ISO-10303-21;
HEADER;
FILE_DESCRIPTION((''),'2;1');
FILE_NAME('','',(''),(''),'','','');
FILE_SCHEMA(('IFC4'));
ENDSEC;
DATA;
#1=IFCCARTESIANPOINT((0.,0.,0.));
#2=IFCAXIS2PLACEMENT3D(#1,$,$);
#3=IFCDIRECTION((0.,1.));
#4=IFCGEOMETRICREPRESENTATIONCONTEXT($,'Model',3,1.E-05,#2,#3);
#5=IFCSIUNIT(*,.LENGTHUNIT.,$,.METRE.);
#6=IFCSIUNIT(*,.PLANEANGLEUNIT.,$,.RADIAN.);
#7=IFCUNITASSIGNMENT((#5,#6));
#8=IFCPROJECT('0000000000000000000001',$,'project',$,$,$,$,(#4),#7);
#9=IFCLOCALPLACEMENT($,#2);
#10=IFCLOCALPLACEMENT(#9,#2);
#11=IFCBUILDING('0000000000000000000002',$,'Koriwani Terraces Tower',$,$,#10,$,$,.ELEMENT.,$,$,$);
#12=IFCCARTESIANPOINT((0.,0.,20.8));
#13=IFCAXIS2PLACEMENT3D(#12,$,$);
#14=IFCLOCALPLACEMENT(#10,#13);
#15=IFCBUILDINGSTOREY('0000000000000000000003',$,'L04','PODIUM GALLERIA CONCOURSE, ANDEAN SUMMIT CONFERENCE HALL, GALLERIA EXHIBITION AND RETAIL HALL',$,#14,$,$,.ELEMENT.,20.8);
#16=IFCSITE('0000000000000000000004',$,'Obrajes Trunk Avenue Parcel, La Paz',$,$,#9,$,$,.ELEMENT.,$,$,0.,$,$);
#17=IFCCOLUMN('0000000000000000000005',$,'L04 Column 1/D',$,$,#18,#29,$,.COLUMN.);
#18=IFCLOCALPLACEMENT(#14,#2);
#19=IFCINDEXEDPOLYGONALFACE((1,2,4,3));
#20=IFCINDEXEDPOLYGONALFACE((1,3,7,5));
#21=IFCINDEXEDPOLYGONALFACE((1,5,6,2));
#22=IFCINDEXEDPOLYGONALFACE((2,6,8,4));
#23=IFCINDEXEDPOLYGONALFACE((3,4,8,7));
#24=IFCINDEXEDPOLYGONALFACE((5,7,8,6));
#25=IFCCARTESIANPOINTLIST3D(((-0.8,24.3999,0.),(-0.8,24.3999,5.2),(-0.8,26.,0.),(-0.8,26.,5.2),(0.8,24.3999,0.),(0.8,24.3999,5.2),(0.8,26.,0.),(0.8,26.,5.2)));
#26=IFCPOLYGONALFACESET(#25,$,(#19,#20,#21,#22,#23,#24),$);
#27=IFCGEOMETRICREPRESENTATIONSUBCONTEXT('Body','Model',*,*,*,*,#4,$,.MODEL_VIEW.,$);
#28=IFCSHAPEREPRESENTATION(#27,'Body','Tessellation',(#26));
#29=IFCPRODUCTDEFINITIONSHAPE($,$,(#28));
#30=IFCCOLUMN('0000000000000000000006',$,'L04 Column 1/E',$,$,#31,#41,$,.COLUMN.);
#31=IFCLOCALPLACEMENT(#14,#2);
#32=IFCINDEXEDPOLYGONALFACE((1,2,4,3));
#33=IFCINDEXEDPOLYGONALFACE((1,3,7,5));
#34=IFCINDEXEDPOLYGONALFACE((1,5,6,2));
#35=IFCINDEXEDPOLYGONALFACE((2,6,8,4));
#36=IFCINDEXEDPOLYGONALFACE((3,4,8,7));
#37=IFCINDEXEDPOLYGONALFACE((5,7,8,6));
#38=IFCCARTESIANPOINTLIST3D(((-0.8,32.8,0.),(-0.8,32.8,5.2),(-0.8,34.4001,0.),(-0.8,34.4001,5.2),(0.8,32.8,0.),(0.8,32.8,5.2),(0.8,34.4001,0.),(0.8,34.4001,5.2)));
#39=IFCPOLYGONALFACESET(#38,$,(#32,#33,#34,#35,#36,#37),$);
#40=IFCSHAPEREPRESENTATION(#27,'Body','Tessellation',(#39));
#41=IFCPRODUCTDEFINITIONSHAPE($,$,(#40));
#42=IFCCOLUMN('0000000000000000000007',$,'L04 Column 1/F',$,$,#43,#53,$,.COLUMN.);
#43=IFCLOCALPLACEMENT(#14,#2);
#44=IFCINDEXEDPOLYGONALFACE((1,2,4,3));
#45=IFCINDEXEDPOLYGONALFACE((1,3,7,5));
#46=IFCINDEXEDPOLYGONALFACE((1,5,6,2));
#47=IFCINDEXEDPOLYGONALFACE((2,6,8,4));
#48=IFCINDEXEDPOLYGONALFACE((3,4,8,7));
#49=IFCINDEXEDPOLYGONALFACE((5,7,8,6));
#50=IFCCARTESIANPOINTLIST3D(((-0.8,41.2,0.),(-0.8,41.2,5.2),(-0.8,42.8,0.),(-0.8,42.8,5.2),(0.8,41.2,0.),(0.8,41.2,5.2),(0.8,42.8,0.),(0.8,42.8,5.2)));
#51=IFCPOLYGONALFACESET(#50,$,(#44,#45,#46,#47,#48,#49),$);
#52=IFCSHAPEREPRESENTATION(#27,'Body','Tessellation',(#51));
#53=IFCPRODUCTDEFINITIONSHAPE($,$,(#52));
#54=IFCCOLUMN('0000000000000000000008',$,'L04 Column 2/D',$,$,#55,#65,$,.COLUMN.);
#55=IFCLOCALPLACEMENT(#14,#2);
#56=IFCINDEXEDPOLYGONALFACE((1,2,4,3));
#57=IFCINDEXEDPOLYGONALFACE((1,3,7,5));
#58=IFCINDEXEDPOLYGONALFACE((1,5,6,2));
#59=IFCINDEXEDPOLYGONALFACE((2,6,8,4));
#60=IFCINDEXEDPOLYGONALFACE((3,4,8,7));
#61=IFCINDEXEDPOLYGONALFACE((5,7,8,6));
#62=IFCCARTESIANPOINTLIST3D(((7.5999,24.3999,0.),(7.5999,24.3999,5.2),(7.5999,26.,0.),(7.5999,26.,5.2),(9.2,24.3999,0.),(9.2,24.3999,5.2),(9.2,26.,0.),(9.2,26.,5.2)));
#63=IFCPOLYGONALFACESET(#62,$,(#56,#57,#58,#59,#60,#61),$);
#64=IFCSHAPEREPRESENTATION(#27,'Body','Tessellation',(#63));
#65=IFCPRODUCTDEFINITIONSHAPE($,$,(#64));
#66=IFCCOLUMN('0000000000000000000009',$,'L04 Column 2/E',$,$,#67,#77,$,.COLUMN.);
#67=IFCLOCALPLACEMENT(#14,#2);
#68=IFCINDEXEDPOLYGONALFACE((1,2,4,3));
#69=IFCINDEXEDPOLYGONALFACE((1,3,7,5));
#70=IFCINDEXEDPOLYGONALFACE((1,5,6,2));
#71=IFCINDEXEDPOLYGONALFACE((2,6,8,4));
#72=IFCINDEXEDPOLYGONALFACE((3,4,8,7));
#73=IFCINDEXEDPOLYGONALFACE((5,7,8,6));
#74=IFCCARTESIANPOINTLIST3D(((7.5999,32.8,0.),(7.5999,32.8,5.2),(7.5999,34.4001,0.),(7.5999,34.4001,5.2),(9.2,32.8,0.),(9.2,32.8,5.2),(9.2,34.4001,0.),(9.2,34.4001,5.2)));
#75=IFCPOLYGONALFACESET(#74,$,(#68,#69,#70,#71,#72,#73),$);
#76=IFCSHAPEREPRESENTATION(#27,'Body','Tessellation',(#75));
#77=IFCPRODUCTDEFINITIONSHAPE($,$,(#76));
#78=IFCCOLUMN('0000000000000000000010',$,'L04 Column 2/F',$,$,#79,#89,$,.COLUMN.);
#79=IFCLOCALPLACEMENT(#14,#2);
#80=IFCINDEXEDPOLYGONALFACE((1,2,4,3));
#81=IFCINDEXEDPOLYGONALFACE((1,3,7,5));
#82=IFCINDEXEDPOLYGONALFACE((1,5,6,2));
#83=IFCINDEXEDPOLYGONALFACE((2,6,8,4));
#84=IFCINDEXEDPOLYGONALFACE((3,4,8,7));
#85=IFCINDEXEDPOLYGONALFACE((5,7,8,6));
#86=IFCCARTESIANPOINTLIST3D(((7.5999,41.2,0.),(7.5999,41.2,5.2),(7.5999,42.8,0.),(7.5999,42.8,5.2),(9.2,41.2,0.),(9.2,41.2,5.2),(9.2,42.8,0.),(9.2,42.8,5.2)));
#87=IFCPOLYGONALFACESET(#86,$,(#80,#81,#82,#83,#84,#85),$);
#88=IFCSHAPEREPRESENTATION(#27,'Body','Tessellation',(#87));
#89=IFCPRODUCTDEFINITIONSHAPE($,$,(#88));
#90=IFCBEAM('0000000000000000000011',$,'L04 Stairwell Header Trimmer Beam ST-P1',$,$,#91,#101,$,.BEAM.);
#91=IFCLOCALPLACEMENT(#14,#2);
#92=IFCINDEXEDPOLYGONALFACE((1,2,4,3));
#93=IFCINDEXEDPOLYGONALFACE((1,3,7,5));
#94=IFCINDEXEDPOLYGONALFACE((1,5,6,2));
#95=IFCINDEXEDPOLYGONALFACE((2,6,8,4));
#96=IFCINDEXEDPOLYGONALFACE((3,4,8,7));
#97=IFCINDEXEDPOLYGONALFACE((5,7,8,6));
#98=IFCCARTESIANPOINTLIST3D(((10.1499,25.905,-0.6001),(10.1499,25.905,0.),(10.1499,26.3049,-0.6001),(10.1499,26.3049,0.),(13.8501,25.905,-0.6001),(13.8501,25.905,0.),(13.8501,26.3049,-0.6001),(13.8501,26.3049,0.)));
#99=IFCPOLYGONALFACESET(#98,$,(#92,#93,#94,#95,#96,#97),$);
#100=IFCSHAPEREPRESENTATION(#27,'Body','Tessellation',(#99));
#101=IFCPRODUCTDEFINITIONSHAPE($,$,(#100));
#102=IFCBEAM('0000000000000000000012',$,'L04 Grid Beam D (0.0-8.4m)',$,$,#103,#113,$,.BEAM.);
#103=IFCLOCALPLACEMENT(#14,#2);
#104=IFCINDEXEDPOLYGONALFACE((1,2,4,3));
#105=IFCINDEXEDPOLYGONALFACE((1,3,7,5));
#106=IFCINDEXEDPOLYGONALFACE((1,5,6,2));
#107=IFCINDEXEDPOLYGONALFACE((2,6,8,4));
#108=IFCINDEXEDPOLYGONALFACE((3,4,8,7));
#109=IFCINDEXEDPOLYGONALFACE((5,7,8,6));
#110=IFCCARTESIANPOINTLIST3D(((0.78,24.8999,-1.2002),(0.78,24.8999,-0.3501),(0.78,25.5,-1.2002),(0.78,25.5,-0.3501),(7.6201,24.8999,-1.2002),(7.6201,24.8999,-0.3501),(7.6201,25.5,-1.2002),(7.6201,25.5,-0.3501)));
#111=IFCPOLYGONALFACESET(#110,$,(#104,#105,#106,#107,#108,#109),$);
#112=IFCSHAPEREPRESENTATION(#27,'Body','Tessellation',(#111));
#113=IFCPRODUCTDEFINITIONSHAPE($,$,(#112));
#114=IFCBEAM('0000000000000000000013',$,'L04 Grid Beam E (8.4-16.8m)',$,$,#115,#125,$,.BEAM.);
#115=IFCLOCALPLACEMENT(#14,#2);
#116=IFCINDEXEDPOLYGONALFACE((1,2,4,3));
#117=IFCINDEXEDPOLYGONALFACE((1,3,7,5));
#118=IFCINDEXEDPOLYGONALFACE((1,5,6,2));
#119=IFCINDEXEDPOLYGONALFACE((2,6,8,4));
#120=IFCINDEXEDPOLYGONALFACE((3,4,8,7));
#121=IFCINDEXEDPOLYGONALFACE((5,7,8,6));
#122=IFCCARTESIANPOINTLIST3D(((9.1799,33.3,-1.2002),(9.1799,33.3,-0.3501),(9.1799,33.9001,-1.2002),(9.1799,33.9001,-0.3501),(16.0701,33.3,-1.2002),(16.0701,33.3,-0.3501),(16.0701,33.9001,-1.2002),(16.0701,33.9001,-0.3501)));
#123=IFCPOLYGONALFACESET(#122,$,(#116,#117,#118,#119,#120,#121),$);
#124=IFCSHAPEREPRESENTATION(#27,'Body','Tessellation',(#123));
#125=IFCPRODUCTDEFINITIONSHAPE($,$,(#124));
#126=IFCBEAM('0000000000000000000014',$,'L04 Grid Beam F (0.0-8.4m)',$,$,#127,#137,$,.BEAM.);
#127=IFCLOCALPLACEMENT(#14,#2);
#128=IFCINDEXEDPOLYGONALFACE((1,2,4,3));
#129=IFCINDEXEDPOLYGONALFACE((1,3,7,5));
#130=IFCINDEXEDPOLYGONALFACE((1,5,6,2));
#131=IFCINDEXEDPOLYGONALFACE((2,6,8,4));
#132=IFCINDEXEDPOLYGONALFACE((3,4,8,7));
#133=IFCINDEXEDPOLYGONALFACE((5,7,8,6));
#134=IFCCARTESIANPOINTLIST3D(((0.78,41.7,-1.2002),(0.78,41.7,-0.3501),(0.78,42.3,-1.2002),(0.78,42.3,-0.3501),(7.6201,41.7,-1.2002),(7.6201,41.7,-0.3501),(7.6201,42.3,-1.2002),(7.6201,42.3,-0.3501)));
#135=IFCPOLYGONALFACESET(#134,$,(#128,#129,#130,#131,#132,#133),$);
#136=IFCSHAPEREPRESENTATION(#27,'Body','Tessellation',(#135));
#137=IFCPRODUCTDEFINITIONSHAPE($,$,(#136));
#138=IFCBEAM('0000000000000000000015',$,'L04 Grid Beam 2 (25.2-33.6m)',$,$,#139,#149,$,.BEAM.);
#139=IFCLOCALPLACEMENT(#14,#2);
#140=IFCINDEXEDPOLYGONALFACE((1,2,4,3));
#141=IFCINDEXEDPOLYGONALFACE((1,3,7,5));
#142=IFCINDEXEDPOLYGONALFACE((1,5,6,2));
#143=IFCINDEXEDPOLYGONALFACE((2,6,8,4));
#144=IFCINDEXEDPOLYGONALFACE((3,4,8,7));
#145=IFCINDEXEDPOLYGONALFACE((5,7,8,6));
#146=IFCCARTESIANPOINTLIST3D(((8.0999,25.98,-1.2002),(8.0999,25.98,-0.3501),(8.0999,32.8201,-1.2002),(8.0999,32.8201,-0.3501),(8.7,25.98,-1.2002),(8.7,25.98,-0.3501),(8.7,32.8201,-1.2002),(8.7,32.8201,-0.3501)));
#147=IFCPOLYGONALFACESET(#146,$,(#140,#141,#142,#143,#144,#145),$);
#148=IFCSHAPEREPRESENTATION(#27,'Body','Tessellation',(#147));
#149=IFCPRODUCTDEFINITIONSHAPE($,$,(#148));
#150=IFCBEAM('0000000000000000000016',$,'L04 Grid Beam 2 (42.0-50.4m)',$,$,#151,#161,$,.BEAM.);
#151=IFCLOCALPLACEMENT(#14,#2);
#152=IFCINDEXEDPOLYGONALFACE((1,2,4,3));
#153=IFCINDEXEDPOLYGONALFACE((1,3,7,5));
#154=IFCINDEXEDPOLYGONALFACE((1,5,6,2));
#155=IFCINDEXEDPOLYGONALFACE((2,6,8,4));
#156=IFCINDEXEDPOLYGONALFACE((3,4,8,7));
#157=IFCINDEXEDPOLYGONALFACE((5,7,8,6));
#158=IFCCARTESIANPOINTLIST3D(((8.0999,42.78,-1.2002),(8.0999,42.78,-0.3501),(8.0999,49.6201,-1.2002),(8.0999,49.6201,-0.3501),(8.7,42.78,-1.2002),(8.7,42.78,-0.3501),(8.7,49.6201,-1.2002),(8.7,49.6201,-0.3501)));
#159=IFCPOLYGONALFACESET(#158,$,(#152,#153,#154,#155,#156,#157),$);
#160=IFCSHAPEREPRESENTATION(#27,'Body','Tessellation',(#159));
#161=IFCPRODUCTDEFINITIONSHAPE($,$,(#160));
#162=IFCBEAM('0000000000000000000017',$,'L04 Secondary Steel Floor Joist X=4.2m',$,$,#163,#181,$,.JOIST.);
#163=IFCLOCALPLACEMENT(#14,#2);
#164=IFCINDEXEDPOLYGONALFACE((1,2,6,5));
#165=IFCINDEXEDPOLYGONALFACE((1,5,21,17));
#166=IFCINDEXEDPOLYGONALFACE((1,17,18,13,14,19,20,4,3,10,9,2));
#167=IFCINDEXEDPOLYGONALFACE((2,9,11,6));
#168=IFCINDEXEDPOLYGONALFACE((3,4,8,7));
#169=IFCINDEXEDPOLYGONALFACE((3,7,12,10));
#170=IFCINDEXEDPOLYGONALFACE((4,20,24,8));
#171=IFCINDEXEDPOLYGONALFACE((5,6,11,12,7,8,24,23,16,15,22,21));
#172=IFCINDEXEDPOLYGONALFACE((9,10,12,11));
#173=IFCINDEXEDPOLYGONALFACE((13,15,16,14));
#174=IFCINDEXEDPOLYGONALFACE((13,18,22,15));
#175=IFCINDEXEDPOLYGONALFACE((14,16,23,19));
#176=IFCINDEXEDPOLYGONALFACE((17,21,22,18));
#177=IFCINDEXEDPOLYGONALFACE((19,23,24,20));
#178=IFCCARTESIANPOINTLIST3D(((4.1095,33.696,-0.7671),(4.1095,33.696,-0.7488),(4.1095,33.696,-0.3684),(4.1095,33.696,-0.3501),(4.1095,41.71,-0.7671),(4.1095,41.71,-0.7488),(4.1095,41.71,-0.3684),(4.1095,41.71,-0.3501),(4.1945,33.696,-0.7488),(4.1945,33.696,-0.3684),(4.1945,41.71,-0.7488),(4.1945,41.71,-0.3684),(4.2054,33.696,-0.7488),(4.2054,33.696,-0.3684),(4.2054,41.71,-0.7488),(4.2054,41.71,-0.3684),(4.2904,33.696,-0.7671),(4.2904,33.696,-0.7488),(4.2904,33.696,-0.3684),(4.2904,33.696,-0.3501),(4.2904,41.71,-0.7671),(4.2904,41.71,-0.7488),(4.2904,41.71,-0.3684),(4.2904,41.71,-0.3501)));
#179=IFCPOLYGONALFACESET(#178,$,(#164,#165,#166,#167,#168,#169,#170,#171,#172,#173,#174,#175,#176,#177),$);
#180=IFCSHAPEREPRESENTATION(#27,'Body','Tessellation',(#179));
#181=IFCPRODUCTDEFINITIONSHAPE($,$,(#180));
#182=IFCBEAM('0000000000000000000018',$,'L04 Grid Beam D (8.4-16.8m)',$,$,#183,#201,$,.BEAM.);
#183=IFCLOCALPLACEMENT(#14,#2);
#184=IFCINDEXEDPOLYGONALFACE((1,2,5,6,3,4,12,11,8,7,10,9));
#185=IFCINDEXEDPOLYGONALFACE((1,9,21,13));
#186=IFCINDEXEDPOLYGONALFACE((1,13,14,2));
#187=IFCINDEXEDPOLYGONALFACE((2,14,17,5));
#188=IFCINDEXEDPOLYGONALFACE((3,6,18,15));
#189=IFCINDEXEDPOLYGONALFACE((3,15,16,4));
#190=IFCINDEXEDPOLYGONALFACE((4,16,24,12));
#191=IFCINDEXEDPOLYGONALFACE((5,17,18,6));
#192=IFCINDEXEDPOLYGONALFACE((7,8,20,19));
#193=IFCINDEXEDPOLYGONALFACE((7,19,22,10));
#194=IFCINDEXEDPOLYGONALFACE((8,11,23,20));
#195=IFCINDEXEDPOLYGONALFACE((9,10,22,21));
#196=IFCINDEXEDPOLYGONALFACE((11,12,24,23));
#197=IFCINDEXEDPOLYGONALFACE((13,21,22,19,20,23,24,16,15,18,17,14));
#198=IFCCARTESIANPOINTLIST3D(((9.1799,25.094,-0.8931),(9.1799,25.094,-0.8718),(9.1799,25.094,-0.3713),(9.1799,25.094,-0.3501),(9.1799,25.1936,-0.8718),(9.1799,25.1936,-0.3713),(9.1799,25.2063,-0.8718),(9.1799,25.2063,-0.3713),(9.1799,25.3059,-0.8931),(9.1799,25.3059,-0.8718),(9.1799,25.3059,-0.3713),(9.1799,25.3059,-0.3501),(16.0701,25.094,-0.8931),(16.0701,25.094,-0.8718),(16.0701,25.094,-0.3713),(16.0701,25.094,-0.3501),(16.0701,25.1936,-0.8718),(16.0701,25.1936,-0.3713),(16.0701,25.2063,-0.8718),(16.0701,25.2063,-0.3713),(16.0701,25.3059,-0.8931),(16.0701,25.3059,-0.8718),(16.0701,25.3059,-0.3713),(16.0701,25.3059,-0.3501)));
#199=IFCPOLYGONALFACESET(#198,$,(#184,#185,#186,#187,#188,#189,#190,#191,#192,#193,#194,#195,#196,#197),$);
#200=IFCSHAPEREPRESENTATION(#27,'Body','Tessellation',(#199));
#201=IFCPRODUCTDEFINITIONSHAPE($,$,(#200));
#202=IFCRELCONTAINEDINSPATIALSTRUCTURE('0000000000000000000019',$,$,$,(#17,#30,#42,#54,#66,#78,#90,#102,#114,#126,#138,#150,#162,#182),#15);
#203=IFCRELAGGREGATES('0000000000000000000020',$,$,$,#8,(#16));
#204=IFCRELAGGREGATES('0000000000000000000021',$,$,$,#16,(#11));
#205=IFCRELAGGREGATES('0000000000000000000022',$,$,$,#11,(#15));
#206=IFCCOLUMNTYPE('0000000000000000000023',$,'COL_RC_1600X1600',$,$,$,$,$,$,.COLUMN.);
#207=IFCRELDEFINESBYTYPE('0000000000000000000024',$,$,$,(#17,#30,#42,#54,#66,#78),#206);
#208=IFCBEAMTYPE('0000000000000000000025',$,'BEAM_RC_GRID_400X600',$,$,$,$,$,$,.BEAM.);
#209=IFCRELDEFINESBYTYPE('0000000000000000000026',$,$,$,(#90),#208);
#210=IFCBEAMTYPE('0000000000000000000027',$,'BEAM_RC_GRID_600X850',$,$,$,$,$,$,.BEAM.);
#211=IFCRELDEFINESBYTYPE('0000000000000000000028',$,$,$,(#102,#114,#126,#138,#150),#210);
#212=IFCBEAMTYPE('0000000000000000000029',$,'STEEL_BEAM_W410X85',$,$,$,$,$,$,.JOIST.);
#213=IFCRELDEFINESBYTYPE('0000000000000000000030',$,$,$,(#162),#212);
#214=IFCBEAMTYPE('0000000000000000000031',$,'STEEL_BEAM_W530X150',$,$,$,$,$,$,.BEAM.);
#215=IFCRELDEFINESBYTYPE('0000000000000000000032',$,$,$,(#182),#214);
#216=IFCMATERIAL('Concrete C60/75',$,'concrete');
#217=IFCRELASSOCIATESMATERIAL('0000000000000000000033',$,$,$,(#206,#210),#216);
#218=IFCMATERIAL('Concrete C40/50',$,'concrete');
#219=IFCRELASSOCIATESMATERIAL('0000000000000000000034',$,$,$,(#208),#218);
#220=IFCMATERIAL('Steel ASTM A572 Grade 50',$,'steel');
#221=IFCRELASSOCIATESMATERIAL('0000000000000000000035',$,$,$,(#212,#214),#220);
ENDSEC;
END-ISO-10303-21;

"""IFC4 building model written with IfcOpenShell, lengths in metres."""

from ifc_helpers import new_model, si_unit, direction, frame, origin, origin_2d, place, context, subcontext, project, spatial, rectangle, i_section, extrude, material, material_profile, profile_set, type_object, element, save


model = new_model("IFC4")

# Units and contexts
model_context = context("Model", 3, precision=1e-05, world=origin(), true_north=direction((0.0, 1.0)))
body_context = subcontext(model_context, "Body", "Model", "MODEL_VIEW")
ifc_project = project(units=[si_unit("LENGTHUNIT", "METRE"), si_unit("PLANEANGLEUNIT", "RADIAN")], contexts=[model_context])

# Site, building, storey
site_placement = place(None, origin())
site = spatial("IfcSite", under=ifc_project, at=site_placement, Name="Obrajes Trunk Avenue Parcel, La Paz", CompositionType="ELEMENT", RefElevation=0.0)
building_placement = place(site_placement, origin())
building = spatial("IfcBuilding", under=site, at=building_placement, Name="Koriwani Terraces Tower", CompositionType="ELEMENT")
storey_placement = place(building_placement, frame((0.0, 0.0, 20.8)))
storey = spatial("IfcBuildingStorey", under=building, at=storey_placement, Name="L04", Description="PODIUM GALLERIA CONCOURSE, ANDEAN SUMMIT CONFERENCE HALL, GALLERIA EXHIBITION AND RETAIL HALL", CompositionType="ELEMENT", Elevation=20.8)

# Columns
ifc_material_1 = material(Name="Concrete C60/75", Category="concrete")
ifc_material_profile_1 = material_profile(ifc_material_1, rectangle(XDim=1.6001, YDim=1.6001, at=origin_2d()), Name="Concrete C60/75", Category="LoadBearing")
ifc_profile_set_1 = profile_set([ifc_material_profile_1], Name="Concrete C60/75")
column_type = type_object("IfcColumnType", Name="COL_RC_1600X1600", PredefinedType="COLUMN", material=ifc_profile_set_1)
for number, where, z_axis, x_axis, name in (
    (1, (0.0, 25.2, 0.0), (0.0, 0.0, 1.0), (1.0, 0.0, 0.0), "L04 Column 1/D"),
    (2, (0.0, 33.6001, 0.0), (0.0, 0.0, 1.0), (1.0, 0.0, 0.0), "L04 Column 1/E"),
    (3, (0.0, 42.0, 0.0), (0.0, 0.0, 1.0), (1.0, 0.0, 0.0), "L04 Column 1/F"),
    (4, (8.3999, 25.2, 0.0), (0.0, 0.0, 1.0), (1.0, 0.0, 0.0), "L04 Column 2/D"),
    (5, (8.3999, 33.6001, 0.0), (0.0, 0.0, 1.0), (1.0, 0.0, 0.0), "L04 Column 2/E"),
    (6, (8.3999, 42.0, 0.0), (0.0, 0.0, 1.0), (1.0, 0.0, 0.0), "L04 Column 2/F"),
):
    element("IfcColumn", number, at=place(storey_placement, frame(where, z_axis=z_axis, x_axis=x_axis)), inside=storey, type_object=column_type, Name=name, PredefinedType="COLUMN", context=body_context, shape_type="SweptSolid", body=[
        extrude(rectangle(XDim=1.6001, YDim=1.6001, at=origin_2d()), origin(), (0.0, 0.0, 1.0), 5.2),
    ])

# Beams
ifc_material_2 = material(Name="Concrete C40/50", Category="concrete")
ifc_material_profile_2 = material_profile(ifc_material_2, rectangle(XDim=0.3999, YDim=0.6001, at=origin_2d()), Name="Concrete C40/50", Category="LoadBearing")
ifc_profile_set_2 = profile_set([ifc_material_profile_2], Name="Concrete C40/50")
beam_type_1 = type_object("IfcBeamType", Name="BEAM_RC_GRID_400X600", PredefinedType="BEAM", material=ifc_profile_set_2)
beam_1_placement = place(storey_placement, frame((10.1499, 26.105, -0.3), z_axis=(1.0, 0.0, 0.0), x_axis=(0.0, 1.0, 0.0)))
element("IfcBeam", 7, at=beam_1_placement, inside=storey, type_object=beam_type_1, Name="L04 Stairwell Header Trimmer Beam ST-P1", PredefinedType="BEAM", context=body_context, shape_type="SweptSolid", body=[
    extrude(rectangle(XDim=0.3999, YDim=0.6001, at=origin_2d()), origin(), (0.0, 0.0, 1.0), 3.7002),
])
ifc_material_profile_3 = material_profile(ifc_material_1, rectangle(XDim=0.6001, YDim=0.8501, at=origin_2d()), Name="Concrete C60/75", Category="LoadBearing")
ifc_profile_set_3 = profile_set([ifc_material_profile_3], Name="Concrete C60/75")
beam_type_2 = type_object("IfcBeamType", Name="BEAM_RC_GRID_600X850", PredefinedType="BEAM", material=ifc_profile_set_3)
beam_2_placement = place(storey_placement, frame((0.78, 25.2, -0.7751), z_axis=(1.0, 0.0, 0.0), x_axis=(0.0, 1.0, 0.0)))
element("IfcBeam", 8, at=beam_2_placement, inside=storey, type_object=beam_type_2, Name="L04 Grid Beam D (0.0-8.4m)", PredefinedType="BEAM", context=body_context, shape_type="SweptSolid", body=[
    extrude(rectangle(XDim=0.6001, YDim=0.8501, at=origin_2d()), origin(), (0.0, 0.0, 1.0), 6.8401),
])
beam_3_placement = place(storey_placement, frame((9.1799, 33.6001, -0.7751), z_axis=(1.0, 0.0, 0.0), x_axis=(0.0, 1.0, 0.0)))
element("IfcBeam", 9, at=beam_3_placement, inside=storey, type_object=beam_type_2, Name="L04 Grid Beam E (8.4-16.8m)", PredefinedType="BEAM", context=body_context, shape_type="SweptSolid", body=[
    extrude(rectangle(XDim=0.6001, YDim=0.8501, at=origin_2d()), origin(), (0.0, 0.0, 1.0), 6.8901),
])
for number, where, z_axis, x_axis, name in (
    (10, (0.78, 42.0, -0.7751), (1.0, 0.0, 0.0), (0.0, 1.0, 0.0), "L04 Grid Beam F (0.0-8.4m)"),
    (11, (8.3999, 25.98, -0.7751), (0.0, 1.0, 0.0), (-1.0, 0.0, 0.0), "L04 Grid Beam 2 (25.2-33.6m)"),
    (12, (8.3999, 42.78, -0.7751), (0.0, 1.0, 0.0), (-1.0, 0.0, 0.0), "L04 Grid Beam 2 (42.0-50.4m)"),
):
    element("IfcBeam", number, at=place(storey_placement, frame(where, z_axis=z_axis, x_axis=x_axis)), inside=storey, type_object=beam_type_2, Name=name, PredefinedType="BEAM", context=body_context, shape_type="SweptSolid", body=[
        extrude(rectangle(XDim=0.6001, YDim=0.8501, at=origin_2d()), origin(), (0.0, 0.0, 1.0), 6.8401),
    ])
ifc_material_3 = material(Name="Steel ASTM A572 Grade 50", Category="steel")
ifc_material_profile_4 = material_profile(ifc_material_3, i_section(OverallWidth=0.1809, OverallDepth=0.417, WebThickness=0.011, FlangeThickness=0.0183, at=origin_2d()), Name="Steel ASTM A572 Grade 50", Category="LoadBearing")
ifc_profile_set_4 = profile_set([ifc_material_profile_4], Name="Steel ASTM A572 Grade 50")
beam_type_3 = type_object("IfcBeamType", Name="STEEL_BEAM_W410X85", PredefinedType="JOIST", material=ifc_profile_set_4)
beam_4_placement = place(storey_placement, frame((4.2, 33.696, -0.5586), z_axis=(0.0, 1.0, 0.0), x_axis=(-1.0, 0.0, 0.0)))
element("IfcBeam", 13, at=beam_4_placement, inside=storey, type_object=beam_type_3, Name="L04 Secondary Steel Floor Joist X=4.2m", PredefinedType="JOIST", context=body_context, shape_type="SweptSolid", body=[
    extrude(i_section(OverallWidth=0.1809, OverallDepth=0.417, WebThickness=0.011, FlangeThickness=0.0183, at=origin_2d()), origin(), (0.0, 0.0, 1.0), 8.0139),
])
ifc_material_profile_5 = material_profile(ifc_material_3, i_section(OverallWidth=0.2119, OverallDepth=0.543, WebThickness=0.0127, FlangeThickness=0.0212, at=origin_2d()), Name="Steel ASTM A572 Grade 50", Category="LoadBearing")
ifc_profile_set_5 = profile_set([ifc_material_profile_5], Name="Steel ASTM A572 Grade 50")
beam_type_4 = type_object("IfcBeamType", Name="STEEL_BEAM_W530X150", PredefinedType="BEAM", material=ifc_profile_set_5)
beam_5_placement = place(storey_placement, frame((9.1799, 25.2, -0.6216), z_axis=(1.0, 0.0, 0.0), x_axis=(0.0, 1.0, 0.0)))
element("IfcBeam", 14, at=beam_5_placement, inside=storey, type_object=beam_type_4, Name="L04 Grid Beam D (8.4-16.8m)", PredefinedType="BEAM", context=body_context, shape_type="SweptSolid", body=[
    extrude(i_section(OverallWidth=0.2119, OverallDepth=0.543, WebThickness=0.0127, FlangeThickness=0.0212, at=origin_2d()), origin(), (0.0, 0.0, 1.0), 6.8901),
])

save(model, "model.ifc")
